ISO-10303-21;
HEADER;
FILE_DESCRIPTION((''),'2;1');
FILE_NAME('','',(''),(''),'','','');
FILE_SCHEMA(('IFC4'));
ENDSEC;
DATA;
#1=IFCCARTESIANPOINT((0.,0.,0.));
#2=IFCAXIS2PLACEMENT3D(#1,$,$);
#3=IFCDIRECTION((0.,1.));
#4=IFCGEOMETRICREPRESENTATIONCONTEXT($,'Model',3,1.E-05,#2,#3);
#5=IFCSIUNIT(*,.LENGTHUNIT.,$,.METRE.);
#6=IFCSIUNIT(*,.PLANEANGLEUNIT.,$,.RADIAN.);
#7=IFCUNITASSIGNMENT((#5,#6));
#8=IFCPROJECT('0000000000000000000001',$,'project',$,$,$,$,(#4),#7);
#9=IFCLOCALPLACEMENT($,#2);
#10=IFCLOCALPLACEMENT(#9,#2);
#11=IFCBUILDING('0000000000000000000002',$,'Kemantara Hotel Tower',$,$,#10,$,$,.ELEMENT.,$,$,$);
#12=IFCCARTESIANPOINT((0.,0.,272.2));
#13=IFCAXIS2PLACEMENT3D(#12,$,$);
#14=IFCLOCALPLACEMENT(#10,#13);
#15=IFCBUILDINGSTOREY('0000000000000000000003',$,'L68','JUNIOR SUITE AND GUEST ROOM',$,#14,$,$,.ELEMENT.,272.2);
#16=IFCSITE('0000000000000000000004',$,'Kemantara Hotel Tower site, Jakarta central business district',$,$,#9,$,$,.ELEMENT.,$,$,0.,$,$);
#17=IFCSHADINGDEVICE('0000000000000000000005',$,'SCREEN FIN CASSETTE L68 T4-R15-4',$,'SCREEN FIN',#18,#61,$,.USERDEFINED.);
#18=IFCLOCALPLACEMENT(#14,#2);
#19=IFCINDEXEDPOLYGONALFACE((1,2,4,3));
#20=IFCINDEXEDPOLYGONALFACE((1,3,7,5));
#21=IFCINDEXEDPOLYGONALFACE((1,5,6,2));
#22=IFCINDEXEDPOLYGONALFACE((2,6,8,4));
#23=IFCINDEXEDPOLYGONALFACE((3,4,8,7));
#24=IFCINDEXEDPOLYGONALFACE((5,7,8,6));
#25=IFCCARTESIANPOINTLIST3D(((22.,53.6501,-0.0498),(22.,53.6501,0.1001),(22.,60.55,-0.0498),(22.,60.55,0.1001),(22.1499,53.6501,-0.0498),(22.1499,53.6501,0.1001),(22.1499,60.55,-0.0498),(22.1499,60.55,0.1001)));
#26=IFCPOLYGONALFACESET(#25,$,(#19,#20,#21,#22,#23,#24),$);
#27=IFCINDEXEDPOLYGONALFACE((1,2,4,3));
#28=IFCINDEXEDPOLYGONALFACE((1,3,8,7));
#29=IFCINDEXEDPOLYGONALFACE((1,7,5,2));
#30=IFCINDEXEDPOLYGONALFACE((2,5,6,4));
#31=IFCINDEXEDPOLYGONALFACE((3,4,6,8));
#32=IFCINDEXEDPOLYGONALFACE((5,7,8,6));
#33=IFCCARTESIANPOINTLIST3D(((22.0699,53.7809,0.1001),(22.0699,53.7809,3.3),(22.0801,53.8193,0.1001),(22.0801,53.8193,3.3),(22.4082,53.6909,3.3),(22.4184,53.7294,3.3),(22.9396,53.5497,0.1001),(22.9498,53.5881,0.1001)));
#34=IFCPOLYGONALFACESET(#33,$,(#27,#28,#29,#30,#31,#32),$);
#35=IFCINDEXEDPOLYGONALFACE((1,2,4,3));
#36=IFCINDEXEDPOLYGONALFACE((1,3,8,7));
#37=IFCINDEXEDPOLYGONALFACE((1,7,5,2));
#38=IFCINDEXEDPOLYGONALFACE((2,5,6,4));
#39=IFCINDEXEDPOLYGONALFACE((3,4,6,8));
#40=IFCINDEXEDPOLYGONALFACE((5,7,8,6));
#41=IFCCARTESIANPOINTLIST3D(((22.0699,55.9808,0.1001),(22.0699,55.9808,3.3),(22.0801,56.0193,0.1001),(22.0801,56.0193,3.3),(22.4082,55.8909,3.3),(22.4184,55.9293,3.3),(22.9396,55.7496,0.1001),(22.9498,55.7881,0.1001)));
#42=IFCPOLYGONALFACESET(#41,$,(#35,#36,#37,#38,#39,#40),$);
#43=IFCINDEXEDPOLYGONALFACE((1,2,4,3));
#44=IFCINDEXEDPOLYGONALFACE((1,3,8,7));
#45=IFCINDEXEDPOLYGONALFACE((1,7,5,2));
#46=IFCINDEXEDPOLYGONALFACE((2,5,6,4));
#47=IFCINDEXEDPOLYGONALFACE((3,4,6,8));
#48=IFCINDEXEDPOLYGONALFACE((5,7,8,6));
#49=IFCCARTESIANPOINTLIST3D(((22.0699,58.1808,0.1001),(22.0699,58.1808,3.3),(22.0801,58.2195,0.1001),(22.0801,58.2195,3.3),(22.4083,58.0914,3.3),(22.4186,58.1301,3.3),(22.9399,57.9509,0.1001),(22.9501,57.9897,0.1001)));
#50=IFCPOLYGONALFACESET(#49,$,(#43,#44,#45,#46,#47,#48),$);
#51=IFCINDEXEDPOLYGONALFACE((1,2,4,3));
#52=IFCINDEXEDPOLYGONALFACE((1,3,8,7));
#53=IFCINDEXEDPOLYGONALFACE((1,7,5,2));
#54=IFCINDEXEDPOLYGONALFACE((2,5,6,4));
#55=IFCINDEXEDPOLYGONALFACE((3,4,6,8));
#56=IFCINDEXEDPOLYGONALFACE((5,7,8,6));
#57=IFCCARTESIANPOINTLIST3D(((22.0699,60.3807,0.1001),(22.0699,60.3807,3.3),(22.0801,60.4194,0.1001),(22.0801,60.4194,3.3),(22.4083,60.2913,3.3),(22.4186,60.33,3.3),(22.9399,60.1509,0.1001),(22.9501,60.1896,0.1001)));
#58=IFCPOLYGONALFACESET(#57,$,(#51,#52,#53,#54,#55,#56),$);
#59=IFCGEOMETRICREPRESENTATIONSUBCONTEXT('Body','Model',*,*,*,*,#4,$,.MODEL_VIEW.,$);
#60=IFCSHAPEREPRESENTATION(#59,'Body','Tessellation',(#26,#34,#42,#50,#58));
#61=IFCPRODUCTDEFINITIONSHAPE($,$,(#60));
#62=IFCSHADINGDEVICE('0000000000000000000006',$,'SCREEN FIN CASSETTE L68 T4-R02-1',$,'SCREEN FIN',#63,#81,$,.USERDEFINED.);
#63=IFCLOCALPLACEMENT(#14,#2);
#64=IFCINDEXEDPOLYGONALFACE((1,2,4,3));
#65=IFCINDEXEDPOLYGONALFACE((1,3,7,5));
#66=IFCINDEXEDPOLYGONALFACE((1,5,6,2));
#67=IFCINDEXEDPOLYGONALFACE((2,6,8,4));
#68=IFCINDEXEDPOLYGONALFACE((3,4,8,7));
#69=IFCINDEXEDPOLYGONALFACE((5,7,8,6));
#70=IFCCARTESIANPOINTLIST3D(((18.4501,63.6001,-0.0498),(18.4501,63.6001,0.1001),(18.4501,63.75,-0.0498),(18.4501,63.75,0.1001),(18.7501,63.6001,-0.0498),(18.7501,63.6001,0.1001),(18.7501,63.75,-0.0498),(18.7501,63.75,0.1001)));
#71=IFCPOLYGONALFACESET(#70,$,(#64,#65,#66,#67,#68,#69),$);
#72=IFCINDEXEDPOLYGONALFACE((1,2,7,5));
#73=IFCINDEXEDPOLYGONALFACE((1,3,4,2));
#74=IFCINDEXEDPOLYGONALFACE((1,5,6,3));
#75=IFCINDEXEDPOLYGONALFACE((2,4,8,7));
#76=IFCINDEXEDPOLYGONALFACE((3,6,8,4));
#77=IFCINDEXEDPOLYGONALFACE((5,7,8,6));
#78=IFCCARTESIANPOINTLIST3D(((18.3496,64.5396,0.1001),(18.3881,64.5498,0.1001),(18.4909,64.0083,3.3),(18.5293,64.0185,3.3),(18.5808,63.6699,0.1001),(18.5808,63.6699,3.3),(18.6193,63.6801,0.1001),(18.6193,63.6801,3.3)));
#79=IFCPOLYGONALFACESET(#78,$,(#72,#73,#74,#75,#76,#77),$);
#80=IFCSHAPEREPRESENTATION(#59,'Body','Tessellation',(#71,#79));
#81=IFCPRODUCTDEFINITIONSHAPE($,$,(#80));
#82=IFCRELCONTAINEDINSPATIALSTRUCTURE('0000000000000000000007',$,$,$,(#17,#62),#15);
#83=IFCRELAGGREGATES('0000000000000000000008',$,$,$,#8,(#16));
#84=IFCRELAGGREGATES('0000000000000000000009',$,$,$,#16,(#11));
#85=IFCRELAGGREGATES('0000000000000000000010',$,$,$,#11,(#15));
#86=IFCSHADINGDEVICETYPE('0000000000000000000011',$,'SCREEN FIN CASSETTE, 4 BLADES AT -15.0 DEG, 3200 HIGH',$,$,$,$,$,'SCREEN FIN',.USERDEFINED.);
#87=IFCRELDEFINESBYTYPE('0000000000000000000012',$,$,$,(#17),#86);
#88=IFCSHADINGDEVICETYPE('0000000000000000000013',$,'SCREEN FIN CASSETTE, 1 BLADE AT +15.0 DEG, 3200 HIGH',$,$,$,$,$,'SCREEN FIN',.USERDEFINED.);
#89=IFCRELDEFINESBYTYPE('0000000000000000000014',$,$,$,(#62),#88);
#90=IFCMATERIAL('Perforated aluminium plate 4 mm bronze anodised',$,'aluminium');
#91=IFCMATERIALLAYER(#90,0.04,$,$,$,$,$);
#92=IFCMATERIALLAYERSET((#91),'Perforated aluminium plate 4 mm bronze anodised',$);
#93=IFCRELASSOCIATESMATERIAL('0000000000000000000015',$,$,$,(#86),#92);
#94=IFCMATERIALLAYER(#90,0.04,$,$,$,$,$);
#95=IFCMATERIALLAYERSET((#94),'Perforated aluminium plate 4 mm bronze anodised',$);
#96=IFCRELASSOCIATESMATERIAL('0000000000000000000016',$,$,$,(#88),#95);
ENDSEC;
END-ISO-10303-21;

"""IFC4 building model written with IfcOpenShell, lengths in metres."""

from ifc_helpers import new_model, si_unit, direction, frame, origin, origin_2d, place, context, subcontext, project, spatial, polyline, rectangle, outline, extrude, source, transform, mapped, material, layer, layer_set, type_object, element, save


model = new_model("IFC4")

# Units and contexts
model_context = context("Model", 3, precision=1e-05, world=origin(), true_north=direction((0.0, 1.0)))
body_context = subcontext(model_context, "Body", "Model", "MODEL_VIEW")
ifc_project = project(units=[si_unit("LENGTHUNIT", "METRE"), si_unit("PLANEANGLEUNIT", "RADIAN")], contexts=[model_context])

# Site, building, storey
site_placement = place(None, origin())
site = spatial("IfcSite", under=ifc_project, at=site_placement, Name="Kemantara Hotel Tower site, Jakarta central business district", CompositionType="ELEMENT", RefElevation=0.0)
building_placement = place(site_placement, origin())
building = spatial("IfcBuilding", under=site, at=building_placement, Name="Kemantara Hotel Tower", CompositionType="ELEMENT")
storey_placement = place(building_placement, frame((0.0, 0.0, 272.2)))
storey = spatial("IfcBuildingStorey", under=building, at=storey_placement, Name="L68", Description="JUNIOR SUITE AND GUEST ROOM", CompositionType="ELEMENT", Elevation=272.2)

# Shading devices
ifc_material_1 = material(Name="Perforated aluminium plate 4 mm bronze anodised", Category="aluminium")
ifc_layer_1 = layer(ifc_material_1, 0.04)
ifc_layer_set_1 = layer_set([ifc_layer_1], Name="Perforated aluminium plate 4 mm bronze anodised")
shading_device_type_1 = type_object("IfcShadingDeviceType", Name="SCREEN FIN CASSETTE, 4 BLADES AT -15.0 DEG, 3200 HIGH", ElementType="SCREEN FIN", PredefinedType="USERDEFINED", material=ifc_layer_set_1)
shared_shape_1 = source(origin(), body_context, "Body", "SweptSolid", [
    extrude(rectangle(XDim=6.8999, YDim=0.1499, at=origin_2d()), frame((3.3, -0.075, -0.1499), z_axis=(0.0, 0.0, 1.0), x_axis=(1.0, 0.0, 0.0)), (0.0, 0.0, 1.0), 0.1499),
    extrude(outline(polyline([(0.0, 0.0), (0.8999, 0.0), (0.3501, 3.2), (0.0, 3.2), (0.0, 0.0)])), frame((0.0193, -0.0801, 0.0), z_axis=(-0.966438, 0.256901, 0.0), x_axis=(-0.256901, -0.966438, 0.0)), (0.0, 0.0, 1.0), 0.0398),
    extrude(outline(polyline([(0.0, 0.0), (0.8999, 0.0), (0.3501, 3.2), (0.0, 3.2), (0.0, 0.0)])), frame((2.2192, -0.0801, 0.0), z_axis=(-0.966438, 0.256901, 0.0), x_axis=(-0.256901, -0.966438, 0.0)), (0.0, 0.0, 1.0), 0.0398),
    extrude(outline(polyline([(0.0, 0.0), (0.8999, 0.0), (0.3501, 3.2), (0.0, 3.2), (0.0, 0.0)])), frame((4.4194, -0.0801, 0.0), z_axis=(-0.966838, 0.255391, 0.0), x_axis=(-0.255391, -0.966838, 0.0)), (0.0, 0.0, 1.0), 0.04),
    extrude(outline(polyline([(0.0, 0.0), (0.8999, 0.0), (0.3501, 3.2), (0.0, 3.2), (0.0, 0.0)])), frame((6.6194, -0.0801, 0.0), z_axis=(-0.966838, 0.255391, 0.0), x_axis=(-0.255391, -0.966838, 0.0)), (0.0, 0.0, 1.0), 0.04),
])
shading_device_1_placement = place(storey_placement, frame((22.0, 53.8, 0.1001), z_axis=(0.0, 0.0, 1.0), x_axis=(0.0, 1.0, 0.0)))
element("IfcShadingDevice", 1, at=shading_device_1_placement, inside=storey, type_object=shading_device_type_1, Name="SCREEN FIN CASSETTE L68 T4-R15-4", ObjectType="SCREEN FIN", PredefinedType="USERDEFINED", context=body_context, shape_type="MappedRepresentation", body=[
    mapped(shared_shape_1, transform((0.0, 0.0, 0.0))),
])
ifc_layer_2 = layer(ifc_material_1, 0.04)
ifc_layer_set_2 = layer_set([ifc_layer_2], Name="Perforated aluminium plate 4 mm bronze anodised")
shading_device_type_2 = type_object("IfcShadingDeviceType", Name="SCREEN FIN CASSETTE, 1 BLADE AT +15.0 DEG, 3200 HIGH", ElementType="SCREEN FIN", PredefinedType="USERDEFINED", material=ifc_layer_set_2)
shared_shape_2 = source(origin(), body_context, "Body", "SweptSolid", [
    extrude(rectangle(XDim=0.3, YDim=0.1499, at=origin_2d()), frame((0.0, -0.075, -0.1499), z_axis=(0.0, 0.0, 1.0), x_axis=(1.0, 0.0, 0.0)), (0.0, 0.0, 1.0), 0.1499),
    extrude(outline(polyline([(0.0, 0.0), (0.8999, 0.0), (0.3501, 3.2), (0.0, 3.2), (0.0, 0.0)])), frame((0.0193, -0.0698, 0.0), z_axis=(-0.966438, -0.256901, 0.0), x_axis=(0.256901, -0.966438, 0.0)), (0.0, 0.0, 1.0), 0.0398),
])
shading_device_2_placement = place(storey_placement, frame((18.6001, 63.6001, 0.1001), z_axis=(0.0, 0.0, 1.0), x_axis=(-1.0, 0.0, 0.0)))
element("IfcShadingDevice", 2, at=shading_device_2_placement, inside=storey, type_object=shading_device_type_2, Name="SCREEN FIN CASSETTE L68 T4-R02-1", ObjectType="SCREEN FIN", PredefinedType="USERDEFINED", context=body_context, shape_type="MappedRepresentation", body=[
    mapped(shared_shape_2, transform((0.0, 0.0, 0.0))),
])

save(model, "model.ifc")
